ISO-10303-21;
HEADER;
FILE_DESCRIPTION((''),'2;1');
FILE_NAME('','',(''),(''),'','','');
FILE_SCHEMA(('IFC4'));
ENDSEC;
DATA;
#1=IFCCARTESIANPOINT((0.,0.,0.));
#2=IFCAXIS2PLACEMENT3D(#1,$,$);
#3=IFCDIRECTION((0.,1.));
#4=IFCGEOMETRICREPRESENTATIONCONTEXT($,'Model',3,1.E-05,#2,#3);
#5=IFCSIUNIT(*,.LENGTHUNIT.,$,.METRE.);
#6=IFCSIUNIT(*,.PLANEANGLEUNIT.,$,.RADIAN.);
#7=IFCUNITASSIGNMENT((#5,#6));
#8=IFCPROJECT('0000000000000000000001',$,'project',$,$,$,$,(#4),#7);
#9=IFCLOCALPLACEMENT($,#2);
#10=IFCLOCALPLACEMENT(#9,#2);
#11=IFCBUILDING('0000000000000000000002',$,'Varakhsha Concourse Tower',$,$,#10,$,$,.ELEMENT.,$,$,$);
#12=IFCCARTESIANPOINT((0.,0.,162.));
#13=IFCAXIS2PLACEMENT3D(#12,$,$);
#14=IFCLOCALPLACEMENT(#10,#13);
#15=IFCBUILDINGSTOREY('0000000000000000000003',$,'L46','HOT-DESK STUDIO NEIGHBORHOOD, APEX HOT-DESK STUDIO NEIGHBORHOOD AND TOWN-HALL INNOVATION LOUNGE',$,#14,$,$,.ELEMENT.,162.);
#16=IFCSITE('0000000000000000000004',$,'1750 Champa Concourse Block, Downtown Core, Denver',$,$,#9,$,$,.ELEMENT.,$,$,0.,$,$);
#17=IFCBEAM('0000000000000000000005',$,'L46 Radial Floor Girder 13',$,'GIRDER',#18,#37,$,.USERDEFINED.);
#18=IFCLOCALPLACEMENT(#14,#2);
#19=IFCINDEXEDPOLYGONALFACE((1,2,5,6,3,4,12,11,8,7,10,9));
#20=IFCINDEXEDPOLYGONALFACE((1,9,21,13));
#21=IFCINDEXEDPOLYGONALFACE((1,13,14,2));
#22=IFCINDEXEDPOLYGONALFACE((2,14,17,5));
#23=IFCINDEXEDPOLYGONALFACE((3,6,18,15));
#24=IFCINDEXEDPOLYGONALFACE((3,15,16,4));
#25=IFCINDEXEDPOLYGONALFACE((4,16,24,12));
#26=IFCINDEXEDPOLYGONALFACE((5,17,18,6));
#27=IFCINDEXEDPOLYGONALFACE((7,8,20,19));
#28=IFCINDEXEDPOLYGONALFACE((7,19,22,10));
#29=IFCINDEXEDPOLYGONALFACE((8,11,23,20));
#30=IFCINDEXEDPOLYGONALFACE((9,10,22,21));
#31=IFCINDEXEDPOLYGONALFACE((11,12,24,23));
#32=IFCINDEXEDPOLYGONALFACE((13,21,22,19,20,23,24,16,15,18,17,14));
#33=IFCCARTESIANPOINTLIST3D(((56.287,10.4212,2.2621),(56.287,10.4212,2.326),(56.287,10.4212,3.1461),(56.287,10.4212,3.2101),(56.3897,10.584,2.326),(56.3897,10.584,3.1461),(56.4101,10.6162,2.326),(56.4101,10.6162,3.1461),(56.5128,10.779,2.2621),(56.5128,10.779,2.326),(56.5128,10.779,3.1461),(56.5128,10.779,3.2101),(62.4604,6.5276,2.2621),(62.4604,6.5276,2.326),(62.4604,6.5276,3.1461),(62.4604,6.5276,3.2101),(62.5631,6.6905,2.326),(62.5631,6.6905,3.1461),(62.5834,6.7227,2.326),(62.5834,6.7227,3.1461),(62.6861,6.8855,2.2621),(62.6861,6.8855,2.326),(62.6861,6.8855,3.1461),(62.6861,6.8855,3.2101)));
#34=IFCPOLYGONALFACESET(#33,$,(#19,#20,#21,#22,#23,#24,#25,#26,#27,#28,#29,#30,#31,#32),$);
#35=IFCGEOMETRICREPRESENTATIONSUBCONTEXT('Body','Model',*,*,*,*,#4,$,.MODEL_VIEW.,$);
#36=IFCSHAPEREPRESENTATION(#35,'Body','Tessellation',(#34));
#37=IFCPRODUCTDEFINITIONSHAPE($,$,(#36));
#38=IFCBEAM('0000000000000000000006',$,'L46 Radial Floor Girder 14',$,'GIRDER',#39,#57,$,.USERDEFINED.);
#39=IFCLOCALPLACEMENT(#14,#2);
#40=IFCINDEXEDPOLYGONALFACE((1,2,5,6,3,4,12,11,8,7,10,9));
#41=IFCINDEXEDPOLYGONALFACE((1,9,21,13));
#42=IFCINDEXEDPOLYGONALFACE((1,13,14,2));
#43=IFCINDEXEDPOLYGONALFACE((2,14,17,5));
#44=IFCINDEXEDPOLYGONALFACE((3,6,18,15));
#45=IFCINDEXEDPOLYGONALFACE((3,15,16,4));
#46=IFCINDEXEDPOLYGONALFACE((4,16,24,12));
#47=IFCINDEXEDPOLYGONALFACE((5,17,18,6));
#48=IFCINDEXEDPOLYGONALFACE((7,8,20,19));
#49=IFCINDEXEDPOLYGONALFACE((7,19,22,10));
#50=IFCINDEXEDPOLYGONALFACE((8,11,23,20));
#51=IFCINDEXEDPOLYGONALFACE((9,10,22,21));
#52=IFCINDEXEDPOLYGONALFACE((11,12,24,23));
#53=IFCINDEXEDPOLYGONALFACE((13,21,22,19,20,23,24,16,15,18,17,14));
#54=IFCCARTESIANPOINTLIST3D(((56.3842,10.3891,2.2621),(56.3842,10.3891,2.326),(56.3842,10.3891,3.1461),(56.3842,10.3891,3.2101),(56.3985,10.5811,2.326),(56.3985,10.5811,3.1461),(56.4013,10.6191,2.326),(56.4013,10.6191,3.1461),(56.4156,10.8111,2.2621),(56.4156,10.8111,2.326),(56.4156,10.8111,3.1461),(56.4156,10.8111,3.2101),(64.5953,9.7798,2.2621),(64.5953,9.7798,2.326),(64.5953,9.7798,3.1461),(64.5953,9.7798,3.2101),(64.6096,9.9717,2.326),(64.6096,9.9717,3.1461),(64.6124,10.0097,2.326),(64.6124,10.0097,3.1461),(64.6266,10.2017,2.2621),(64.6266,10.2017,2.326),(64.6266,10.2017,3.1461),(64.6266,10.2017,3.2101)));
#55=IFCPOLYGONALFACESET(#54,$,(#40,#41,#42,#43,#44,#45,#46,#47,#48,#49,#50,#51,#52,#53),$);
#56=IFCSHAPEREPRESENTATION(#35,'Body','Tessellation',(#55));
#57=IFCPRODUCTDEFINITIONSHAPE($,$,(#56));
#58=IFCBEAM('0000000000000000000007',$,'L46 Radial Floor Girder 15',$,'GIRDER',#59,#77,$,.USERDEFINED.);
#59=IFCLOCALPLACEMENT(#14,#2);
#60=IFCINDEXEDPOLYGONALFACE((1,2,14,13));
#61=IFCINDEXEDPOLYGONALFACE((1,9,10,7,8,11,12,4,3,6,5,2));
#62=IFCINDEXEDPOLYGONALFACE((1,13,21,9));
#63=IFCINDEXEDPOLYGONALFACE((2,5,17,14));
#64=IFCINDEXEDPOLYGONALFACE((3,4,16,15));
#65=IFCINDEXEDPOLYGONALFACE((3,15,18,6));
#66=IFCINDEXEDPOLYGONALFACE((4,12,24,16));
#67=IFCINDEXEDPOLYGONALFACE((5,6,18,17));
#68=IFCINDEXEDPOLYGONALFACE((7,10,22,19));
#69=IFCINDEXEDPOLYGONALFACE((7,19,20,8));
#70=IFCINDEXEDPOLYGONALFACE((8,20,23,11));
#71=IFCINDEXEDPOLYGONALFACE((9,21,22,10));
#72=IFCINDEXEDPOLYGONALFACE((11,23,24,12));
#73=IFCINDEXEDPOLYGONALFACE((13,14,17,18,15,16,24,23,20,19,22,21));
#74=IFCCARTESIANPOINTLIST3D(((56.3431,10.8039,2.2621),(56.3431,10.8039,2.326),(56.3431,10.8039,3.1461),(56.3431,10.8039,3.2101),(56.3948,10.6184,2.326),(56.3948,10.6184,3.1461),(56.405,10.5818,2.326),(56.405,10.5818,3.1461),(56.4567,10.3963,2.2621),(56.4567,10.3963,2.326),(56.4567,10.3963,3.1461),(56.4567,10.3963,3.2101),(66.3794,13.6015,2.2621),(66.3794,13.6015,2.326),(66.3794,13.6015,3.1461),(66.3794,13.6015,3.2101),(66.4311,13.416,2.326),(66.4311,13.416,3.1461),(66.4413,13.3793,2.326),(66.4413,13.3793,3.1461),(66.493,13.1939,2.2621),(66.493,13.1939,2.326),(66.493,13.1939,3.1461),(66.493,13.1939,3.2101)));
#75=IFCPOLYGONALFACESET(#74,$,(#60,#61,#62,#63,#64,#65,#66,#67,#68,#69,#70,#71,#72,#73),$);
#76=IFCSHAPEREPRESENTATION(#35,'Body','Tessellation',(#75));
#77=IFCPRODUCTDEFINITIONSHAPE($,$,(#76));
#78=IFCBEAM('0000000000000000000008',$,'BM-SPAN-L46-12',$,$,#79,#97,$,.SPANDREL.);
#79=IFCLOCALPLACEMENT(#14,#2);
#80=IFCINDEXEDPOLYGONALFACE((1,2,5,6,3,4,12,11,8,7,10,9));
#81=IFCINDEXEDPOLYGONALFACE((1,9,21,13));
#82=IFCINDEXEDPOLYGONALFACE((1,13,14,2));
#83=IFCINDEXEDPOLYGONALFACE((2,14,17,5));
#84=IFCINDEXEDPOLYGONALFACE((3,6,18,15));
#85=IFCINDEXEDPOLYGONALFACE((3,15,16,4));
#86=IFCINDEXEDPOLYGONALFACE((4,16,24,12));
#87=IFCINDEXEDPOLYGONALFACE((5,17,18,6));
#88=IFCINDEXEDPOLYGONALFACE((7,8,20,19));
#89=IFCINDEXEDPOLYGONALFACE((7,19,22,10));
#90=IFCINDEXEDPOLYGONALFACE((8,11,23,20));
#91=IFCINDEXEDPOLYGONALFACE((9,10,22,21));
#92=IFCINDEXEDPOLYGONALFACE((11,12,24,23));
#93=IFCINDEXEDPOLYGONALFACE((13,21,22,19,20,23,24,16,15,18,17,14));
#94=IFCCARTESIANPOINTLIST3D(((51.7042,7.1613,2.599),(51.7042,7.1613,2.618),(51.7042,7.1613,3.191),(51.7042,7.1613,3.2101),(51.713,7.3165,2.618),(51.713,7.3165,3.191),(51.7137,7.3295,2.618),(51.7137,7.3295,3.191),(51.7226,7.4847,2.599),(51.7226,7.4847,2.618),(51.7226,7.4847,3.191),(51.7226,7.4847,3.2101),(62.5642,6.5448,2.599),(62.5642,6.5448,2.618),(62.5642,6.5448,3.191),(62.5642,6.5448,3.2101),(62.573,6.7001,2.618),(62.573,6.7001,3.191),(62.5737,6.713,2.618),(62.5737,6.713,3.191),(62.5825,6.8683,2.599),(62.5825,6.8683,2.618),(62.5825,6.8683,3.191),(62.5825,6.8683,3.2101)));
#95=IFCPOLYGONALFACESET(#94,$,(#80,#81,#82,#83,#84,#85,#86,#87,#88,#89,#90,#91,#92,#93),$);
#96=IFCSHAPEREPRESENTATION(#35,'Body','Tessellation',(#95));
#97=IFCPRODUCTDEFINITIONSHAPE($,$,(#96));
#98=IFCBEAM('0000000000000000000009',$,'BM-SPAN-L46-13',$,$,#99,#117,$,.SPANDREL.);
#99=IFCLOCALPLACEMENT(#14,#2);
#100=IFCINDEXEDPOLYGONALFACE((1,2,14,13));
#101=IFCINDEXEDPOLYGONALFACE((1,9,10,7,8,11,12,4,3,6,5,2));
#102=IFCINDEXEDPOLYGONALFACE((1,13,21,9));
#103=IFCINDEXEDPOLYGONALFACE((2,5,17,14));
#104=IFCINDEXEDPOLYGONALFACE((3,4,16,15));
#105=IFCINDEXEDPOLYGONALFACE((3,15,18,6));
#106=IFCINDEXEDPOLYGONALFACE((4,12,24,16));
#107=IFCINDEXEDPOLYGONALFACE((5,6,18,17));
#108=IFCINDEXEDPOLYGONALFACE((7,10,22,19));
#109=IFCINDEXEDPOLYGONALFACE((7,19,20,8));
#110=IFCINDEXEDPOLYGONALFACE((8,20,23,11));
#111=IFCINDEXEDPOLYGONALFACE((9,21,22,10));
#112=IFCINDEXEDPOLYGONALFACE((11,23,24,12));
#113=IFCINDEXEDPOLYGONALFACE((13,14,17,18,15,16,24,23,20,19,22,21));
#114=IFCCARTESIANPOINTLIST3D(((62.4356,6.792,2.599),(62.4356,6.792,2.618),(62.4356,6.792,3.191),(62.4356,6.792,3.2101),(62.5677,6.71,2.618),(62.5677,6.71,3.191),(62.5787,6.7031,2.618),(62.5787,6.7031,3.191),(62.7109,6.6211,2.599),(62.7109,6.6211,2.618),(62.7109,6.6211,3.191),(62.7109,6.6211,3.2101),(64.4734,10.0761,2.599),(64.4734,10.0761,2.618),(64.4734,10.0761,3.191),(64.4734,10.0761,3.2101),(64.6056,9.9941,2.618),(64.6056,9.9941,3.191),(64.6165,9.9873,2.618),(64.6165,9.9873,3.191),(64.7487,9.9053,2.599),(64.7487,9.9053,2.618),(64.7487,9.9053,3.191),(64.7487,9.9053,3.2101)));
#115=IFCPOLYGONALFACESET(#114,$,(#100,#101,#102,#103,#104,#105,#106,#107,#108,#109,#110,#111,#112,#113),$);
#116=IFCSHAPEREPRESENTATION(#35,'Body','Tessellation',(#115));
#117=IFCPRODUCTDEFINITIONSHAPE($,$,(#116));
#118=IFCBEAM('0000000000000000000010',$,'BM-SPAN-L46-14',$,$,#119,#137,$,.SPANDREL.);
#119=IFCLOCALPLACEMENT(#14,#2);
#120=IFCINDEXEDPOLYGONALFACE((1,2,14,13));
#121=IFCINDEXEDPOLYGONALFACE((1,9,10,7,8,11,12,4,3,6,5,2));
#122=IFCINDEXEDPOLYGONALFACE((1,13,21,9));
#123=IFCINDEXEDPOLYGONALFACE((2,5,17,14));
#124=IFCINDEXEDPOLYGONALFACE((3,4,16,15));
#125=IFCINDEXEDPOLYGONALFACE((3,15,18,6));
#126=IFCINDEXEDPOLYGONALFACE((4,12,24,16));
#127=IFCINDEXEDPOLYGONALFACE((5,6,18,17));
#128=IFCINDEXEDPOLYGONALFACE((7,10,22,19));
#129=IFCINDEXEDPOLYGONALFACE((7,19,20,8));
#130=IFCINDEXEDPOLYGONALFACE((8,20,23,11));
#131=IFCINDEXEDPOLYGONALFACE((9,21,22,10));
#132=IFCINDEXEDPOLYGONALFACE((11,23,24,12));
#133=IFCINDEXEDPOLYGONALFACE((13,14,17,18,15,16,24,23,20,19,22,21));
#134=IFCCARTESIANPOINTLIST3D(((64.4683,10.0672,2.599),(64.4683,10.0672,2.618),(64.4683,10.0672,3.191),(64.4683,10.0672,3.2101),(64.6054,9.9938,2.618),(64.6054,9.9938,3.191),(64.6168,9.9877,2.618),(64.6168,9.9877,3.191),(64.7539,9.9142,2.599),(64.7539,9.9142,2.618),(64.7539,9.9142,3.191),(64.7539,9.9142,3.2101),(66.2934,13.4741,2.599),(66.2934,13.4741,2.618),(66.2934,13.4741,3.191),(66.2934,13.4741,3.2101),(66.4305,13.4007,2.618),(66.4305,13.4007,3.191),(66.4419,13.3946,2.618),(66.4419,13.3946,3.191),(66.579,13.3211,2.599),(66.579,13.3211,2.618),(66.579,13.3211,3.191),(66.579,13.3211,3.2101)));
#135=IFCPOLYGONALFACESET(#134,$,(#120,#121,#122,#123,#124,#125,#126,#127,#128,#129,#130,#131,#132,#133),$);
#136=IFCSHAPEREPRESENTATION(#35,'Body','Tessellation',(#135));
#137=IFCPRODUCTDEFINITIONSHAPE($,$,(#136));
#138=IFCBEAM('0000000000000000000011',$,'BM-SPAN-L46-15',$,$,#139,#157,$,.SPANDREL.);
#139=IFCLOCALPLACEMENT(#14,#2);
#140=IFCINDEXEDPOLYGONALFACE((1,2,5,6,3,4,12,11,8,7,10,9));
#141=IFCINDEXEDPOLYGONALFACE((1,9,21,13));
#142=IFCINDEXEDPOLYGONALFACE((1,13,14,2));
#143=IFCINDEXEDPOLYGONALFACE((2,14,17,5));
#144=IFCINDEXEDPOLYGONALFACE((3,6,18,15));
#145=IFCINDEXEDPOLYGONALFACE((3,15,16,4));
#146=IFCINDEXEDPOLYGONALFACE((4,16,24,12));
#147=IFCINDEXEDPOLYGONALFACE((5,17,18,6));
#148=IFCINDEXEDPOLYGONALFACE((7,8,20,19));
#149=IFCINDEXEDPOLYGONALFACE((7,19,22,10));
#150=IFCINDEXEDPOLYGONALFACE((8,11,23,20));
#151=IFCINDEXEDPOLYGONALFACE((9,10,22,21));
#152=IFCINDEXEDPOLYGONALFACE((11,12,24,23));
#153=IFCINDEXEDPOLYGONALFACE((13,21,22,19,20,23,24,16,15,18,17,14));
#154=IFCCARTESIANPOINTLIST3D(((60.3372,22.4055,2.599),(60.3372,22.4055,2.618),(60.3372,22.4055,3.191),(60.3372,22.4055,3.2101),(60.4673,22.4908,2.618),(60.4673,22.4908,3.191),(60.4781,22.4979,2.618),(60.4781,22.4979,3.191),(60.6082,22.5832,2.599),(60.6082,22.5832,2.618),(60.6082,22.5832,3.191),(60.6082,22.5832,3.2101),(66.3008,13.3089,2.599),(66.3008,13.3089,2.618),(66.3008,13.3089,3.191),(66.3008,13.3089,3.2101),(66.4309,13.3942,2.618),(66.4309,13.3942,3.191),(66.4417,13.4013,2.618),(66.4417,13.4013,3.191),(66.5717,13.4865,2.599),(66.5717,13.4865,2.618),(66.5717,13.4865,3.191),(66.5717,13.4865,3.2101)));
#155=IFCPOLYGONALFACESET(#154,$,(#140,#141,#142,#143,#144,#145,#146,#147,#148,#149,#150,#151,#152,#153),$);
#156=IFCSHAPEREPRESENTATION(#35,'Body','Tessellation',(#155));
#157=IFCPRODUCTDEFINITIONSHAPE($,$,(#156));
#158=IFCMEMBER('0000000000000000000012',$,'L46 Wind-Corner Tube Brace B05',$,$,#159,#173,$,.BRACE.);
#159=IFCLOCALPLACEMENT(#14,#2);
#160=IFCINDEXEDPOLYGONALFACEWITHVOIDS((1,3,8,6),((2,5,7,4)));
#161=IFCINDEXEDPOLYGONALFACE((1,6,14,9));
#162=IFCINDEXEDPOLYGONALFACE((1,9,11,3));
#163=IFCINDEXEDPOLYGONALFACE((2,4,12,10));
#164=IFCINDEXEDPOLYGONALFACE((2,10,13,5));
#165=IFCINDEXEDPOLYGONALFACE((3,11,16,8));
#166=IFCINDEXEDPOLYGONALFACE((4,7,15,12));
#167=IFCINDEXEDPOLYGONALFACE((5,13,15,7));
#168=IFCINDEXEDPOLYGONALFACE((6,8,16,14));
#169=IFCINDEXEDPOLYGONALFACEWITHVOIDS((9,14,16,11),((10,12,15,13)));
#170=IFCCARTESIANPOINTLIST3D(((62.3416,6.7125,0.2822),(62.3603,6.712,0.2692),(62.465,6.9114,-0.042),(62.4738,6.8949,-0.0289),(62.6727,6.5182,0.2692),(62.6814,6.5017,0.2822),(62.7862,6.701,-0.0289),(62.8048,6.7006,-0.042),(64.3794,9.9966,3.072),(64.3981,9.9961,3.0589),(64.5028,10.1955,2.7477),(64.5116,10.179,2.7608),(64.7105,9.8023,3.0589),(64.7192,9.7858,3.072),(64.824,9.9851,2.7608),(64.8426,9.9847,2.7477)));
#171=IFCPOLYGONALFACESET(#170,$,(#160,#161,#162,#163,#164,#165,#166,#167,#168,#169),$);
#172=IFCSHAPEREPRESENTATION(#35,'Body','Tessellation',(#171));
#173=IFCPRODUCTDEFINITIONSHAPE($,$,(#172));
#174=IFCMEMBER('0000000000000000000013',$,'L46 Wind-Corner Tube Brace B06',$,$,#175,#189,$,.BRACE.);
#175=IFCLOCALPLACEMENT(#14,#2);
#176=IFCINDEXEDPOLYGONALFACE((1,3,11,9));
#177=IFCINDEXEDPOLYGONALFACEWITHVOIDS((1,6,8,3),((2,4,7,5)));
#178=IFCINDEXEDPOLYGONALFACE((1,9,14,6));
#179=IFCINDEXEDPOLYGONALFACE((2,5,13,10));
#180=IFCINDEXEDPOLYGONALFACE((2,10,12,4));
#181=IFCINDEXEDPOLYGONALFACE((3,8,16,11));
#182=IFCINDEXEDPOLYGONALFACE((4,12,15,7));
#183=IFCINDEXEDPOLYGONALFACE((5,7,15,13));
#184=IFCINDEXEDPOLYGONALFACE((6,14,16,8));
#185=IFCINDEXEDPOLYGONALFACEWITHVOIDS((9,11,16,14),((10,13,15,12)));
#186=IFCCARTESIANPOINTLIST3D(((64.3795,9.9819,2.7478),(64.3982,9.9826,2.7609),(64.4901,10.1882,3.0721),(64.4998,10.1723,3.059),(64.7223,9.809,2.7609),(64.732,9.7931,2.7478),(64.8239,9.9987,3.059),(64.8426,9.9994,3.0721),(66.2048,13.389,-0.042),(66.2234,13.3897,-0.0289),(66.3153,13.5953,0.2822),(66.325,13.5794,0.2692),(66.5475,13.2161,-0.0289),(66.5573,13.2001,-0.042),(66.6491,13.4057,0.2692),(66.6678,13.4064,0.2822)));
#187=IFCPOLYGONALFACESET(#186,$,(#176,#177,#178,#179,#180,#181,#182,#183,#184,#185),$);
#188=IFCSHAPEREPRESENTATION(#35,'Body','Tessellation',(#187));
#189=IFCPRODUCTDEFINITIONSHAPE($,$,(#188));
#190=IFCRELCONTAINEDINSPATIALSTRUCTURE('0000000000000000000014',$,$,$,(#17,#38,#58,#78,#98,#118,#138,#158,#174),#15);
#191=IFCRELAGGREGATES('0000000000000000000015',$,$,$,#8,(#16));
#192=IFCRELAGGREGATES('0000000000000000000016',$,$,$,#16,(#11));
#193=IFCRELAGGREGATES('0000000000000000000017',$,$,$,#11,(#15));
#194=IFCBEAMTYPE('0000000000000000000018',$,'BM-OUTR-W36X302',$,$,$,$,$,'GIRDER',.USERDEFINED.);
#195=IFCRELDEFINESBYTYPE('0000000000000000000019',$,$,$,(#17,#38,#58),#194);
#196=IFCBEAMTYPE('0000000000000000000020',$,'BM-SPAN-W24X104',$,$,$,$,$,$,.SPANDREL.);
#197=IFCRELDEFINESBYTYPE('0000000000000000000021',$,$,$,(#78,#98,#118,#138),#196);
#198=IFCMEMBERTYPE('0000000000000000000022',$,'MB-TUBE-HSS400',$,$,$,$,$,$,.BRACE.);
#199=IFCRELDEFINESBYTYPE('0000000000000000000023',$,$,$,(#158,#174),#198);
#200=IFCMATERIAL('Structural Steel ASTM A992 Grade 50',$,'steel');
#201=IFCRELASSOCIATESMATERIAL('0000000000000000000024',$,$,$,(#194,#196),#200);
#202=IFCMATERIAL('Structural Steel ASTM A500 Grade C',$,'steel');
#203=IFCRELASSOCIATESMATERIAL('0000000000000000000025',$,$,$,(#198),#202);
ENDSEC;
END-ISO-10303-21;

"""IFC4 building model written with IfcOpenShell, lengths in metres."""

from ifc_helpers import new_model, si_unit, direction, frame, origin, origin_2d, place, context, subcontext, project, spatial, hollow_rectangle, i_section, extrude, source, transform, mapped, material, material_profile, profile_set, type_object, type_shapes, element, save


model = new_model("IFC4")

# Units and contexts
model_context = context("Model", 3, precision=1e-05, world=origin(), true_north=direction((0.0, 1.0)))
body_context = subcontext(model_context, "Body", "Model", "MODEL_VIEW")
ifc_project = project(units=[si_unit("LENGTHUNIT", "METRE"), si_unit("PLANEANGLEUNIT", "RADIAN")], contexts=[model_context])

# Site, building, storey
site_placement = place(None, origin())
site = spatial("IfcSite", under=ifc_project, at=site_placement, Name="1750 Champa Concourse Block, Downtown Core, Denver", CompositionType="ELEMENT", RefElevation=0.0)
building_placement = place(site_placement, origin())
building = spatial("IfcBuilding", under=site, at=building_placement, Name="Varakhsha Concourse Tower", CompositionType="ELEMENT")
storey_placement = place(building_placement, frame((0.0, 0.0, 162.0)))
storey = spatial("IfcBuildingStorey", under=building, at=storey_placement, Name="L46", Description="HOT-DESK STUDIO NEIGHBORHOOD, APEX HOT-DESK STUDIO NEIGHBORHOOD AND TOWN-HALL INNOVATION LOUNGE", CompositionType="ELEMENT", Elevation=162.0)

# Shared definitions
ifc_material_1 = material(Name="Structural Steel ASTM A992 Grade 50", Category="steel")

# Beams
ifc_material_profile_1 = material_profile(ifc_material_1, i_section(OverallWidth=0.4231, OverallDepth=0.948, WebThickness=0.0381, FlangeThickness=0.064, at=origin_2d()), Name="W36X302")
ifc_profile_set_1 = profile_set([ifc_material_profile_1], Name="Structural Steel ASTM A992 Grade 50")
beam_type_1 = type_object("IfcBeamType", Name="BM-OUTR-W36X302", ElementType="GIRDER", PredefinedType="USERDEFINED", material=ifc_profile_set_1)
beam_1_placement = place(storey_placement, frame((56.3999, 10.6001, 2.7361), z_axis=(0.845823, -0.533464, 0.0), x_axis=(0.533464, 0.845823, 0.0)))
element("IfcBeam", 1, at=beam_1_placement, inside=storey, type_object=beam_type_1, Name="L46 Radial Floor Girder 13", ObjectType="GIRDER", PredefinedType="USERDEFINED", context=body_context, shape_type="SweptSolid", body=[
    extrude(i_section(OverallWidth=0.4231, OverallDepth=0.948, WebThickness=0.0381, FlangeThickness=0.064, at=origin_2d()), origin(), (0.0, 0.0, 1.0), 7.2986),
])
beam_2_placement = place(storey_placement, frame((56.3999, 10.6001, 2.7361), z_axis=(0.997258, -0.074009, 0.0), x_axis=(0.074009, 0.997258, 0.0)))
element("IfcBeam", 2, at=beam_2_placement, inside=storey, type_object=beam_type_1, Name="L46 Radial Floor Girder 14", ObjectType="GIRDER", PredefinedType="USERDEFINED", context=body_context, shape_type="SweptSolid", body=[
    extrude(i_section(OverallWidth=0.4231, OverallDepth=0.948, WebThickness=0.0381, FlangeThickness=0.064, at=origin_2d()), origin(), (0.0, 0.0, 1.0), 8.2336),
])
beam_3_placement = place(storey_placement, frame((56.3999, 10.6001, 2.7361), z_axis=(0.963277, 0.26851, 0.0), x_axis=(-0.26851, 0.963277, 0.0)))
element("IfcBeam", 3, at=beam_3_placement, inside=storey, type_object=beam_type_1, Name="L46 Radial Floor Girder 15", ObjectType="GIRDER", PredefinedType="USERDEFINED", context=body_context, shape_type="SweptSolid", body=[
    extrude(i_section(OverallWidth=0.4231, OverallDepth=0.948, WebThickness=0.0381, FlangeThickness=0.064, at=origin_2d()), origin(), (0.0, 0.0, 1.0), 10.4189),
])
ifc_material_profile_2 = material_profile(ifc_material_1, i_section(OverallWidth=0.324, OverallDepth=0.6111, WebThickness=0.0129, FlangeThickness=0.019, at=origin_2d()), Name="W24X104")
ifc_profile_set_2 = profile_set([ifc_material_profile_2], Name="Structural Steel ASTM A992 Grade 50")
beam_type_2 = type_object("IfcBeamType", Name="BM-SPAN-W24X104", PredefinedType="SPANDREL", material=ifc_profile_set_2)
beam_4_placement = place(storey_placement, frame((51.7134, 7.323, 2.9045), z_axis=(0.998393, -0.056673, 0.0), x_axis=(0.056673, 0.998393, 0.0)))
element("IfcBeam", 4, at=beam_4_placement, inside=storey, type_object=beam_type_2, Name="BM-SPAN-L46-12", PredefinedType="SPANDREL", context=body_context, shape_type="SweptSolid", body=[
    extrude(i_section(OverallWidth=0.324, OverallDepth=0.6111, WebThickness=0.0129, FlangeThickness=0.019, at=origin_2d()), origin(), (0.0, 0.0, 1.0), 10.8774),
])
for number, where, z_axis, x_axis, name in (
    (5, (62.5732, 6.7065, 2.9045), (0.527248, 0.849711, 0.0), (-0.849711, 0.527248, 0.0), "BM-SPAN-L46-13"),
    (6, (64.6111, 9.9907, 2.9045), (0.472227, 0.881477, 0.0), (-0.881477, 0.472227, 0.0), "BM-SPAN-L46-14"),
):
    element("IfcBeam", number, at=place(storey_placement, frame(where, z_axis=z_axis, x_axis=x_axis)), inside=storey, type_object=beam_type_2, Name=name, PredefinedType="SPANDREL", context=body_context, shape_type="SweptSolid", body=[
        extrude(i_section(OverallWidth=0.324, OverallDepth=0.6111, WebThickness=0.0129, FlangeThickness=0.019, at=origin_2d()), origin(), (0.0, 0.0, 1.0), 3.865),
    ])
beam_5_placement = place(storey_placement, frame((66.4363, 13.3977, 2.9045), z_axis=(-0.548266, 0.836304, 0.0), x_axis=(-0.836304, -0.548266, 0.0)))
element("IfcBeam", 7, at=beam_5_placement, inside=storey, type_object=beam_type_2, Name="BM-SPAN-L46-15", PredefinedType="SPANDREL", context=body_context, shape_type="SweptSolid", body=[
    extrude(i_section(OverallWidth=0.324, OverallDepth=0.6111, WebThickness=0.0129, FlangeThickness=0.019, at=origin_2d()), origin(), (0.0, 0.0, 1.0), 10.8772),
])

# Members
ifc_material_2 = material(Name="Structural Steel ASTM A500 Grade C", Category="steel")
ifc_material_profile_3 = material_profile(ifc_material_2, hollow_rectangle(XDim=0.3999, YDim=0.3999, WallThickness=0.0161, at=origin_2d()), Name="HSS 400x400x16")
ifc_profile_set_3 = profile_set([ifc_material_profile_3], Name="Structural Steel ASTM A500 Grade C")
member_type_1 = type_object("IfcMemberType", Name="MB-TUBE-HSS400", PredefinedType="BRACE", material=ifc_profile_set_3)
shared_shape_1 = source(origin(), body_context, "Body", "SweptSolid", [
    extrude(hollow_rectangle(XDim=0.3999, YDim=0.3999, WallThickness=0.0161, at=origin_2d()), origin(), (0.0, 0.0, 1.0), 4.7666),
])
member_1_placement = place(storey_placement, frame((62.5732, 6.7065, 0.1201), z_axis=(0.427515, 0.688981, 0.585265), x_axis=(-0.849711, 0.527248, 0.0)))
element("IfcMember", 8, at=member_1_placement, inside=storey, type_object=member_type_1, Name="L46 Wind-Corner Tube Brace B05", PredefinedType="BRACE", context=body_context, shape_type="MappedRepresentation", body=[
    mapped(shared_shape_1, transform((0.0, 0.0, 0.0), scale=1.0)),
])
shared_shape_2 = source(origin(), body_context, "Body", "SweptSolid", [
    extrude(hollow_rectangle(XDim=0.3999, YDim=0.3999, WallThickness=0.0161, at=origin_2d()), origin(), (0.0, 0.0, 1.0), 4.7668),
])
type_shapes(member_type_1, [shared_shape_1, shared_shape_2])
member_2_placement = place(storey_placement, frame((66.4363, 13.3977, 0.1201), z_axis=(-0.382902, -0.71474, 0.585262), x_axis=(0.881477, -0.472227, 0.0)))
element("IfcMember", 9, at=member_2_placement, inside=storey, type_object=member_type_1, Name="L46 Wind-Corner Tube Brace B06", PredefinedType="BRACE", context=body_context, shape_type="MappedRepresentation", body=[
    mapped(shared_shape_2, transform((0.0, 0.0, 0.0), scale=1.0)),
])

save(model, "model.ifc")
